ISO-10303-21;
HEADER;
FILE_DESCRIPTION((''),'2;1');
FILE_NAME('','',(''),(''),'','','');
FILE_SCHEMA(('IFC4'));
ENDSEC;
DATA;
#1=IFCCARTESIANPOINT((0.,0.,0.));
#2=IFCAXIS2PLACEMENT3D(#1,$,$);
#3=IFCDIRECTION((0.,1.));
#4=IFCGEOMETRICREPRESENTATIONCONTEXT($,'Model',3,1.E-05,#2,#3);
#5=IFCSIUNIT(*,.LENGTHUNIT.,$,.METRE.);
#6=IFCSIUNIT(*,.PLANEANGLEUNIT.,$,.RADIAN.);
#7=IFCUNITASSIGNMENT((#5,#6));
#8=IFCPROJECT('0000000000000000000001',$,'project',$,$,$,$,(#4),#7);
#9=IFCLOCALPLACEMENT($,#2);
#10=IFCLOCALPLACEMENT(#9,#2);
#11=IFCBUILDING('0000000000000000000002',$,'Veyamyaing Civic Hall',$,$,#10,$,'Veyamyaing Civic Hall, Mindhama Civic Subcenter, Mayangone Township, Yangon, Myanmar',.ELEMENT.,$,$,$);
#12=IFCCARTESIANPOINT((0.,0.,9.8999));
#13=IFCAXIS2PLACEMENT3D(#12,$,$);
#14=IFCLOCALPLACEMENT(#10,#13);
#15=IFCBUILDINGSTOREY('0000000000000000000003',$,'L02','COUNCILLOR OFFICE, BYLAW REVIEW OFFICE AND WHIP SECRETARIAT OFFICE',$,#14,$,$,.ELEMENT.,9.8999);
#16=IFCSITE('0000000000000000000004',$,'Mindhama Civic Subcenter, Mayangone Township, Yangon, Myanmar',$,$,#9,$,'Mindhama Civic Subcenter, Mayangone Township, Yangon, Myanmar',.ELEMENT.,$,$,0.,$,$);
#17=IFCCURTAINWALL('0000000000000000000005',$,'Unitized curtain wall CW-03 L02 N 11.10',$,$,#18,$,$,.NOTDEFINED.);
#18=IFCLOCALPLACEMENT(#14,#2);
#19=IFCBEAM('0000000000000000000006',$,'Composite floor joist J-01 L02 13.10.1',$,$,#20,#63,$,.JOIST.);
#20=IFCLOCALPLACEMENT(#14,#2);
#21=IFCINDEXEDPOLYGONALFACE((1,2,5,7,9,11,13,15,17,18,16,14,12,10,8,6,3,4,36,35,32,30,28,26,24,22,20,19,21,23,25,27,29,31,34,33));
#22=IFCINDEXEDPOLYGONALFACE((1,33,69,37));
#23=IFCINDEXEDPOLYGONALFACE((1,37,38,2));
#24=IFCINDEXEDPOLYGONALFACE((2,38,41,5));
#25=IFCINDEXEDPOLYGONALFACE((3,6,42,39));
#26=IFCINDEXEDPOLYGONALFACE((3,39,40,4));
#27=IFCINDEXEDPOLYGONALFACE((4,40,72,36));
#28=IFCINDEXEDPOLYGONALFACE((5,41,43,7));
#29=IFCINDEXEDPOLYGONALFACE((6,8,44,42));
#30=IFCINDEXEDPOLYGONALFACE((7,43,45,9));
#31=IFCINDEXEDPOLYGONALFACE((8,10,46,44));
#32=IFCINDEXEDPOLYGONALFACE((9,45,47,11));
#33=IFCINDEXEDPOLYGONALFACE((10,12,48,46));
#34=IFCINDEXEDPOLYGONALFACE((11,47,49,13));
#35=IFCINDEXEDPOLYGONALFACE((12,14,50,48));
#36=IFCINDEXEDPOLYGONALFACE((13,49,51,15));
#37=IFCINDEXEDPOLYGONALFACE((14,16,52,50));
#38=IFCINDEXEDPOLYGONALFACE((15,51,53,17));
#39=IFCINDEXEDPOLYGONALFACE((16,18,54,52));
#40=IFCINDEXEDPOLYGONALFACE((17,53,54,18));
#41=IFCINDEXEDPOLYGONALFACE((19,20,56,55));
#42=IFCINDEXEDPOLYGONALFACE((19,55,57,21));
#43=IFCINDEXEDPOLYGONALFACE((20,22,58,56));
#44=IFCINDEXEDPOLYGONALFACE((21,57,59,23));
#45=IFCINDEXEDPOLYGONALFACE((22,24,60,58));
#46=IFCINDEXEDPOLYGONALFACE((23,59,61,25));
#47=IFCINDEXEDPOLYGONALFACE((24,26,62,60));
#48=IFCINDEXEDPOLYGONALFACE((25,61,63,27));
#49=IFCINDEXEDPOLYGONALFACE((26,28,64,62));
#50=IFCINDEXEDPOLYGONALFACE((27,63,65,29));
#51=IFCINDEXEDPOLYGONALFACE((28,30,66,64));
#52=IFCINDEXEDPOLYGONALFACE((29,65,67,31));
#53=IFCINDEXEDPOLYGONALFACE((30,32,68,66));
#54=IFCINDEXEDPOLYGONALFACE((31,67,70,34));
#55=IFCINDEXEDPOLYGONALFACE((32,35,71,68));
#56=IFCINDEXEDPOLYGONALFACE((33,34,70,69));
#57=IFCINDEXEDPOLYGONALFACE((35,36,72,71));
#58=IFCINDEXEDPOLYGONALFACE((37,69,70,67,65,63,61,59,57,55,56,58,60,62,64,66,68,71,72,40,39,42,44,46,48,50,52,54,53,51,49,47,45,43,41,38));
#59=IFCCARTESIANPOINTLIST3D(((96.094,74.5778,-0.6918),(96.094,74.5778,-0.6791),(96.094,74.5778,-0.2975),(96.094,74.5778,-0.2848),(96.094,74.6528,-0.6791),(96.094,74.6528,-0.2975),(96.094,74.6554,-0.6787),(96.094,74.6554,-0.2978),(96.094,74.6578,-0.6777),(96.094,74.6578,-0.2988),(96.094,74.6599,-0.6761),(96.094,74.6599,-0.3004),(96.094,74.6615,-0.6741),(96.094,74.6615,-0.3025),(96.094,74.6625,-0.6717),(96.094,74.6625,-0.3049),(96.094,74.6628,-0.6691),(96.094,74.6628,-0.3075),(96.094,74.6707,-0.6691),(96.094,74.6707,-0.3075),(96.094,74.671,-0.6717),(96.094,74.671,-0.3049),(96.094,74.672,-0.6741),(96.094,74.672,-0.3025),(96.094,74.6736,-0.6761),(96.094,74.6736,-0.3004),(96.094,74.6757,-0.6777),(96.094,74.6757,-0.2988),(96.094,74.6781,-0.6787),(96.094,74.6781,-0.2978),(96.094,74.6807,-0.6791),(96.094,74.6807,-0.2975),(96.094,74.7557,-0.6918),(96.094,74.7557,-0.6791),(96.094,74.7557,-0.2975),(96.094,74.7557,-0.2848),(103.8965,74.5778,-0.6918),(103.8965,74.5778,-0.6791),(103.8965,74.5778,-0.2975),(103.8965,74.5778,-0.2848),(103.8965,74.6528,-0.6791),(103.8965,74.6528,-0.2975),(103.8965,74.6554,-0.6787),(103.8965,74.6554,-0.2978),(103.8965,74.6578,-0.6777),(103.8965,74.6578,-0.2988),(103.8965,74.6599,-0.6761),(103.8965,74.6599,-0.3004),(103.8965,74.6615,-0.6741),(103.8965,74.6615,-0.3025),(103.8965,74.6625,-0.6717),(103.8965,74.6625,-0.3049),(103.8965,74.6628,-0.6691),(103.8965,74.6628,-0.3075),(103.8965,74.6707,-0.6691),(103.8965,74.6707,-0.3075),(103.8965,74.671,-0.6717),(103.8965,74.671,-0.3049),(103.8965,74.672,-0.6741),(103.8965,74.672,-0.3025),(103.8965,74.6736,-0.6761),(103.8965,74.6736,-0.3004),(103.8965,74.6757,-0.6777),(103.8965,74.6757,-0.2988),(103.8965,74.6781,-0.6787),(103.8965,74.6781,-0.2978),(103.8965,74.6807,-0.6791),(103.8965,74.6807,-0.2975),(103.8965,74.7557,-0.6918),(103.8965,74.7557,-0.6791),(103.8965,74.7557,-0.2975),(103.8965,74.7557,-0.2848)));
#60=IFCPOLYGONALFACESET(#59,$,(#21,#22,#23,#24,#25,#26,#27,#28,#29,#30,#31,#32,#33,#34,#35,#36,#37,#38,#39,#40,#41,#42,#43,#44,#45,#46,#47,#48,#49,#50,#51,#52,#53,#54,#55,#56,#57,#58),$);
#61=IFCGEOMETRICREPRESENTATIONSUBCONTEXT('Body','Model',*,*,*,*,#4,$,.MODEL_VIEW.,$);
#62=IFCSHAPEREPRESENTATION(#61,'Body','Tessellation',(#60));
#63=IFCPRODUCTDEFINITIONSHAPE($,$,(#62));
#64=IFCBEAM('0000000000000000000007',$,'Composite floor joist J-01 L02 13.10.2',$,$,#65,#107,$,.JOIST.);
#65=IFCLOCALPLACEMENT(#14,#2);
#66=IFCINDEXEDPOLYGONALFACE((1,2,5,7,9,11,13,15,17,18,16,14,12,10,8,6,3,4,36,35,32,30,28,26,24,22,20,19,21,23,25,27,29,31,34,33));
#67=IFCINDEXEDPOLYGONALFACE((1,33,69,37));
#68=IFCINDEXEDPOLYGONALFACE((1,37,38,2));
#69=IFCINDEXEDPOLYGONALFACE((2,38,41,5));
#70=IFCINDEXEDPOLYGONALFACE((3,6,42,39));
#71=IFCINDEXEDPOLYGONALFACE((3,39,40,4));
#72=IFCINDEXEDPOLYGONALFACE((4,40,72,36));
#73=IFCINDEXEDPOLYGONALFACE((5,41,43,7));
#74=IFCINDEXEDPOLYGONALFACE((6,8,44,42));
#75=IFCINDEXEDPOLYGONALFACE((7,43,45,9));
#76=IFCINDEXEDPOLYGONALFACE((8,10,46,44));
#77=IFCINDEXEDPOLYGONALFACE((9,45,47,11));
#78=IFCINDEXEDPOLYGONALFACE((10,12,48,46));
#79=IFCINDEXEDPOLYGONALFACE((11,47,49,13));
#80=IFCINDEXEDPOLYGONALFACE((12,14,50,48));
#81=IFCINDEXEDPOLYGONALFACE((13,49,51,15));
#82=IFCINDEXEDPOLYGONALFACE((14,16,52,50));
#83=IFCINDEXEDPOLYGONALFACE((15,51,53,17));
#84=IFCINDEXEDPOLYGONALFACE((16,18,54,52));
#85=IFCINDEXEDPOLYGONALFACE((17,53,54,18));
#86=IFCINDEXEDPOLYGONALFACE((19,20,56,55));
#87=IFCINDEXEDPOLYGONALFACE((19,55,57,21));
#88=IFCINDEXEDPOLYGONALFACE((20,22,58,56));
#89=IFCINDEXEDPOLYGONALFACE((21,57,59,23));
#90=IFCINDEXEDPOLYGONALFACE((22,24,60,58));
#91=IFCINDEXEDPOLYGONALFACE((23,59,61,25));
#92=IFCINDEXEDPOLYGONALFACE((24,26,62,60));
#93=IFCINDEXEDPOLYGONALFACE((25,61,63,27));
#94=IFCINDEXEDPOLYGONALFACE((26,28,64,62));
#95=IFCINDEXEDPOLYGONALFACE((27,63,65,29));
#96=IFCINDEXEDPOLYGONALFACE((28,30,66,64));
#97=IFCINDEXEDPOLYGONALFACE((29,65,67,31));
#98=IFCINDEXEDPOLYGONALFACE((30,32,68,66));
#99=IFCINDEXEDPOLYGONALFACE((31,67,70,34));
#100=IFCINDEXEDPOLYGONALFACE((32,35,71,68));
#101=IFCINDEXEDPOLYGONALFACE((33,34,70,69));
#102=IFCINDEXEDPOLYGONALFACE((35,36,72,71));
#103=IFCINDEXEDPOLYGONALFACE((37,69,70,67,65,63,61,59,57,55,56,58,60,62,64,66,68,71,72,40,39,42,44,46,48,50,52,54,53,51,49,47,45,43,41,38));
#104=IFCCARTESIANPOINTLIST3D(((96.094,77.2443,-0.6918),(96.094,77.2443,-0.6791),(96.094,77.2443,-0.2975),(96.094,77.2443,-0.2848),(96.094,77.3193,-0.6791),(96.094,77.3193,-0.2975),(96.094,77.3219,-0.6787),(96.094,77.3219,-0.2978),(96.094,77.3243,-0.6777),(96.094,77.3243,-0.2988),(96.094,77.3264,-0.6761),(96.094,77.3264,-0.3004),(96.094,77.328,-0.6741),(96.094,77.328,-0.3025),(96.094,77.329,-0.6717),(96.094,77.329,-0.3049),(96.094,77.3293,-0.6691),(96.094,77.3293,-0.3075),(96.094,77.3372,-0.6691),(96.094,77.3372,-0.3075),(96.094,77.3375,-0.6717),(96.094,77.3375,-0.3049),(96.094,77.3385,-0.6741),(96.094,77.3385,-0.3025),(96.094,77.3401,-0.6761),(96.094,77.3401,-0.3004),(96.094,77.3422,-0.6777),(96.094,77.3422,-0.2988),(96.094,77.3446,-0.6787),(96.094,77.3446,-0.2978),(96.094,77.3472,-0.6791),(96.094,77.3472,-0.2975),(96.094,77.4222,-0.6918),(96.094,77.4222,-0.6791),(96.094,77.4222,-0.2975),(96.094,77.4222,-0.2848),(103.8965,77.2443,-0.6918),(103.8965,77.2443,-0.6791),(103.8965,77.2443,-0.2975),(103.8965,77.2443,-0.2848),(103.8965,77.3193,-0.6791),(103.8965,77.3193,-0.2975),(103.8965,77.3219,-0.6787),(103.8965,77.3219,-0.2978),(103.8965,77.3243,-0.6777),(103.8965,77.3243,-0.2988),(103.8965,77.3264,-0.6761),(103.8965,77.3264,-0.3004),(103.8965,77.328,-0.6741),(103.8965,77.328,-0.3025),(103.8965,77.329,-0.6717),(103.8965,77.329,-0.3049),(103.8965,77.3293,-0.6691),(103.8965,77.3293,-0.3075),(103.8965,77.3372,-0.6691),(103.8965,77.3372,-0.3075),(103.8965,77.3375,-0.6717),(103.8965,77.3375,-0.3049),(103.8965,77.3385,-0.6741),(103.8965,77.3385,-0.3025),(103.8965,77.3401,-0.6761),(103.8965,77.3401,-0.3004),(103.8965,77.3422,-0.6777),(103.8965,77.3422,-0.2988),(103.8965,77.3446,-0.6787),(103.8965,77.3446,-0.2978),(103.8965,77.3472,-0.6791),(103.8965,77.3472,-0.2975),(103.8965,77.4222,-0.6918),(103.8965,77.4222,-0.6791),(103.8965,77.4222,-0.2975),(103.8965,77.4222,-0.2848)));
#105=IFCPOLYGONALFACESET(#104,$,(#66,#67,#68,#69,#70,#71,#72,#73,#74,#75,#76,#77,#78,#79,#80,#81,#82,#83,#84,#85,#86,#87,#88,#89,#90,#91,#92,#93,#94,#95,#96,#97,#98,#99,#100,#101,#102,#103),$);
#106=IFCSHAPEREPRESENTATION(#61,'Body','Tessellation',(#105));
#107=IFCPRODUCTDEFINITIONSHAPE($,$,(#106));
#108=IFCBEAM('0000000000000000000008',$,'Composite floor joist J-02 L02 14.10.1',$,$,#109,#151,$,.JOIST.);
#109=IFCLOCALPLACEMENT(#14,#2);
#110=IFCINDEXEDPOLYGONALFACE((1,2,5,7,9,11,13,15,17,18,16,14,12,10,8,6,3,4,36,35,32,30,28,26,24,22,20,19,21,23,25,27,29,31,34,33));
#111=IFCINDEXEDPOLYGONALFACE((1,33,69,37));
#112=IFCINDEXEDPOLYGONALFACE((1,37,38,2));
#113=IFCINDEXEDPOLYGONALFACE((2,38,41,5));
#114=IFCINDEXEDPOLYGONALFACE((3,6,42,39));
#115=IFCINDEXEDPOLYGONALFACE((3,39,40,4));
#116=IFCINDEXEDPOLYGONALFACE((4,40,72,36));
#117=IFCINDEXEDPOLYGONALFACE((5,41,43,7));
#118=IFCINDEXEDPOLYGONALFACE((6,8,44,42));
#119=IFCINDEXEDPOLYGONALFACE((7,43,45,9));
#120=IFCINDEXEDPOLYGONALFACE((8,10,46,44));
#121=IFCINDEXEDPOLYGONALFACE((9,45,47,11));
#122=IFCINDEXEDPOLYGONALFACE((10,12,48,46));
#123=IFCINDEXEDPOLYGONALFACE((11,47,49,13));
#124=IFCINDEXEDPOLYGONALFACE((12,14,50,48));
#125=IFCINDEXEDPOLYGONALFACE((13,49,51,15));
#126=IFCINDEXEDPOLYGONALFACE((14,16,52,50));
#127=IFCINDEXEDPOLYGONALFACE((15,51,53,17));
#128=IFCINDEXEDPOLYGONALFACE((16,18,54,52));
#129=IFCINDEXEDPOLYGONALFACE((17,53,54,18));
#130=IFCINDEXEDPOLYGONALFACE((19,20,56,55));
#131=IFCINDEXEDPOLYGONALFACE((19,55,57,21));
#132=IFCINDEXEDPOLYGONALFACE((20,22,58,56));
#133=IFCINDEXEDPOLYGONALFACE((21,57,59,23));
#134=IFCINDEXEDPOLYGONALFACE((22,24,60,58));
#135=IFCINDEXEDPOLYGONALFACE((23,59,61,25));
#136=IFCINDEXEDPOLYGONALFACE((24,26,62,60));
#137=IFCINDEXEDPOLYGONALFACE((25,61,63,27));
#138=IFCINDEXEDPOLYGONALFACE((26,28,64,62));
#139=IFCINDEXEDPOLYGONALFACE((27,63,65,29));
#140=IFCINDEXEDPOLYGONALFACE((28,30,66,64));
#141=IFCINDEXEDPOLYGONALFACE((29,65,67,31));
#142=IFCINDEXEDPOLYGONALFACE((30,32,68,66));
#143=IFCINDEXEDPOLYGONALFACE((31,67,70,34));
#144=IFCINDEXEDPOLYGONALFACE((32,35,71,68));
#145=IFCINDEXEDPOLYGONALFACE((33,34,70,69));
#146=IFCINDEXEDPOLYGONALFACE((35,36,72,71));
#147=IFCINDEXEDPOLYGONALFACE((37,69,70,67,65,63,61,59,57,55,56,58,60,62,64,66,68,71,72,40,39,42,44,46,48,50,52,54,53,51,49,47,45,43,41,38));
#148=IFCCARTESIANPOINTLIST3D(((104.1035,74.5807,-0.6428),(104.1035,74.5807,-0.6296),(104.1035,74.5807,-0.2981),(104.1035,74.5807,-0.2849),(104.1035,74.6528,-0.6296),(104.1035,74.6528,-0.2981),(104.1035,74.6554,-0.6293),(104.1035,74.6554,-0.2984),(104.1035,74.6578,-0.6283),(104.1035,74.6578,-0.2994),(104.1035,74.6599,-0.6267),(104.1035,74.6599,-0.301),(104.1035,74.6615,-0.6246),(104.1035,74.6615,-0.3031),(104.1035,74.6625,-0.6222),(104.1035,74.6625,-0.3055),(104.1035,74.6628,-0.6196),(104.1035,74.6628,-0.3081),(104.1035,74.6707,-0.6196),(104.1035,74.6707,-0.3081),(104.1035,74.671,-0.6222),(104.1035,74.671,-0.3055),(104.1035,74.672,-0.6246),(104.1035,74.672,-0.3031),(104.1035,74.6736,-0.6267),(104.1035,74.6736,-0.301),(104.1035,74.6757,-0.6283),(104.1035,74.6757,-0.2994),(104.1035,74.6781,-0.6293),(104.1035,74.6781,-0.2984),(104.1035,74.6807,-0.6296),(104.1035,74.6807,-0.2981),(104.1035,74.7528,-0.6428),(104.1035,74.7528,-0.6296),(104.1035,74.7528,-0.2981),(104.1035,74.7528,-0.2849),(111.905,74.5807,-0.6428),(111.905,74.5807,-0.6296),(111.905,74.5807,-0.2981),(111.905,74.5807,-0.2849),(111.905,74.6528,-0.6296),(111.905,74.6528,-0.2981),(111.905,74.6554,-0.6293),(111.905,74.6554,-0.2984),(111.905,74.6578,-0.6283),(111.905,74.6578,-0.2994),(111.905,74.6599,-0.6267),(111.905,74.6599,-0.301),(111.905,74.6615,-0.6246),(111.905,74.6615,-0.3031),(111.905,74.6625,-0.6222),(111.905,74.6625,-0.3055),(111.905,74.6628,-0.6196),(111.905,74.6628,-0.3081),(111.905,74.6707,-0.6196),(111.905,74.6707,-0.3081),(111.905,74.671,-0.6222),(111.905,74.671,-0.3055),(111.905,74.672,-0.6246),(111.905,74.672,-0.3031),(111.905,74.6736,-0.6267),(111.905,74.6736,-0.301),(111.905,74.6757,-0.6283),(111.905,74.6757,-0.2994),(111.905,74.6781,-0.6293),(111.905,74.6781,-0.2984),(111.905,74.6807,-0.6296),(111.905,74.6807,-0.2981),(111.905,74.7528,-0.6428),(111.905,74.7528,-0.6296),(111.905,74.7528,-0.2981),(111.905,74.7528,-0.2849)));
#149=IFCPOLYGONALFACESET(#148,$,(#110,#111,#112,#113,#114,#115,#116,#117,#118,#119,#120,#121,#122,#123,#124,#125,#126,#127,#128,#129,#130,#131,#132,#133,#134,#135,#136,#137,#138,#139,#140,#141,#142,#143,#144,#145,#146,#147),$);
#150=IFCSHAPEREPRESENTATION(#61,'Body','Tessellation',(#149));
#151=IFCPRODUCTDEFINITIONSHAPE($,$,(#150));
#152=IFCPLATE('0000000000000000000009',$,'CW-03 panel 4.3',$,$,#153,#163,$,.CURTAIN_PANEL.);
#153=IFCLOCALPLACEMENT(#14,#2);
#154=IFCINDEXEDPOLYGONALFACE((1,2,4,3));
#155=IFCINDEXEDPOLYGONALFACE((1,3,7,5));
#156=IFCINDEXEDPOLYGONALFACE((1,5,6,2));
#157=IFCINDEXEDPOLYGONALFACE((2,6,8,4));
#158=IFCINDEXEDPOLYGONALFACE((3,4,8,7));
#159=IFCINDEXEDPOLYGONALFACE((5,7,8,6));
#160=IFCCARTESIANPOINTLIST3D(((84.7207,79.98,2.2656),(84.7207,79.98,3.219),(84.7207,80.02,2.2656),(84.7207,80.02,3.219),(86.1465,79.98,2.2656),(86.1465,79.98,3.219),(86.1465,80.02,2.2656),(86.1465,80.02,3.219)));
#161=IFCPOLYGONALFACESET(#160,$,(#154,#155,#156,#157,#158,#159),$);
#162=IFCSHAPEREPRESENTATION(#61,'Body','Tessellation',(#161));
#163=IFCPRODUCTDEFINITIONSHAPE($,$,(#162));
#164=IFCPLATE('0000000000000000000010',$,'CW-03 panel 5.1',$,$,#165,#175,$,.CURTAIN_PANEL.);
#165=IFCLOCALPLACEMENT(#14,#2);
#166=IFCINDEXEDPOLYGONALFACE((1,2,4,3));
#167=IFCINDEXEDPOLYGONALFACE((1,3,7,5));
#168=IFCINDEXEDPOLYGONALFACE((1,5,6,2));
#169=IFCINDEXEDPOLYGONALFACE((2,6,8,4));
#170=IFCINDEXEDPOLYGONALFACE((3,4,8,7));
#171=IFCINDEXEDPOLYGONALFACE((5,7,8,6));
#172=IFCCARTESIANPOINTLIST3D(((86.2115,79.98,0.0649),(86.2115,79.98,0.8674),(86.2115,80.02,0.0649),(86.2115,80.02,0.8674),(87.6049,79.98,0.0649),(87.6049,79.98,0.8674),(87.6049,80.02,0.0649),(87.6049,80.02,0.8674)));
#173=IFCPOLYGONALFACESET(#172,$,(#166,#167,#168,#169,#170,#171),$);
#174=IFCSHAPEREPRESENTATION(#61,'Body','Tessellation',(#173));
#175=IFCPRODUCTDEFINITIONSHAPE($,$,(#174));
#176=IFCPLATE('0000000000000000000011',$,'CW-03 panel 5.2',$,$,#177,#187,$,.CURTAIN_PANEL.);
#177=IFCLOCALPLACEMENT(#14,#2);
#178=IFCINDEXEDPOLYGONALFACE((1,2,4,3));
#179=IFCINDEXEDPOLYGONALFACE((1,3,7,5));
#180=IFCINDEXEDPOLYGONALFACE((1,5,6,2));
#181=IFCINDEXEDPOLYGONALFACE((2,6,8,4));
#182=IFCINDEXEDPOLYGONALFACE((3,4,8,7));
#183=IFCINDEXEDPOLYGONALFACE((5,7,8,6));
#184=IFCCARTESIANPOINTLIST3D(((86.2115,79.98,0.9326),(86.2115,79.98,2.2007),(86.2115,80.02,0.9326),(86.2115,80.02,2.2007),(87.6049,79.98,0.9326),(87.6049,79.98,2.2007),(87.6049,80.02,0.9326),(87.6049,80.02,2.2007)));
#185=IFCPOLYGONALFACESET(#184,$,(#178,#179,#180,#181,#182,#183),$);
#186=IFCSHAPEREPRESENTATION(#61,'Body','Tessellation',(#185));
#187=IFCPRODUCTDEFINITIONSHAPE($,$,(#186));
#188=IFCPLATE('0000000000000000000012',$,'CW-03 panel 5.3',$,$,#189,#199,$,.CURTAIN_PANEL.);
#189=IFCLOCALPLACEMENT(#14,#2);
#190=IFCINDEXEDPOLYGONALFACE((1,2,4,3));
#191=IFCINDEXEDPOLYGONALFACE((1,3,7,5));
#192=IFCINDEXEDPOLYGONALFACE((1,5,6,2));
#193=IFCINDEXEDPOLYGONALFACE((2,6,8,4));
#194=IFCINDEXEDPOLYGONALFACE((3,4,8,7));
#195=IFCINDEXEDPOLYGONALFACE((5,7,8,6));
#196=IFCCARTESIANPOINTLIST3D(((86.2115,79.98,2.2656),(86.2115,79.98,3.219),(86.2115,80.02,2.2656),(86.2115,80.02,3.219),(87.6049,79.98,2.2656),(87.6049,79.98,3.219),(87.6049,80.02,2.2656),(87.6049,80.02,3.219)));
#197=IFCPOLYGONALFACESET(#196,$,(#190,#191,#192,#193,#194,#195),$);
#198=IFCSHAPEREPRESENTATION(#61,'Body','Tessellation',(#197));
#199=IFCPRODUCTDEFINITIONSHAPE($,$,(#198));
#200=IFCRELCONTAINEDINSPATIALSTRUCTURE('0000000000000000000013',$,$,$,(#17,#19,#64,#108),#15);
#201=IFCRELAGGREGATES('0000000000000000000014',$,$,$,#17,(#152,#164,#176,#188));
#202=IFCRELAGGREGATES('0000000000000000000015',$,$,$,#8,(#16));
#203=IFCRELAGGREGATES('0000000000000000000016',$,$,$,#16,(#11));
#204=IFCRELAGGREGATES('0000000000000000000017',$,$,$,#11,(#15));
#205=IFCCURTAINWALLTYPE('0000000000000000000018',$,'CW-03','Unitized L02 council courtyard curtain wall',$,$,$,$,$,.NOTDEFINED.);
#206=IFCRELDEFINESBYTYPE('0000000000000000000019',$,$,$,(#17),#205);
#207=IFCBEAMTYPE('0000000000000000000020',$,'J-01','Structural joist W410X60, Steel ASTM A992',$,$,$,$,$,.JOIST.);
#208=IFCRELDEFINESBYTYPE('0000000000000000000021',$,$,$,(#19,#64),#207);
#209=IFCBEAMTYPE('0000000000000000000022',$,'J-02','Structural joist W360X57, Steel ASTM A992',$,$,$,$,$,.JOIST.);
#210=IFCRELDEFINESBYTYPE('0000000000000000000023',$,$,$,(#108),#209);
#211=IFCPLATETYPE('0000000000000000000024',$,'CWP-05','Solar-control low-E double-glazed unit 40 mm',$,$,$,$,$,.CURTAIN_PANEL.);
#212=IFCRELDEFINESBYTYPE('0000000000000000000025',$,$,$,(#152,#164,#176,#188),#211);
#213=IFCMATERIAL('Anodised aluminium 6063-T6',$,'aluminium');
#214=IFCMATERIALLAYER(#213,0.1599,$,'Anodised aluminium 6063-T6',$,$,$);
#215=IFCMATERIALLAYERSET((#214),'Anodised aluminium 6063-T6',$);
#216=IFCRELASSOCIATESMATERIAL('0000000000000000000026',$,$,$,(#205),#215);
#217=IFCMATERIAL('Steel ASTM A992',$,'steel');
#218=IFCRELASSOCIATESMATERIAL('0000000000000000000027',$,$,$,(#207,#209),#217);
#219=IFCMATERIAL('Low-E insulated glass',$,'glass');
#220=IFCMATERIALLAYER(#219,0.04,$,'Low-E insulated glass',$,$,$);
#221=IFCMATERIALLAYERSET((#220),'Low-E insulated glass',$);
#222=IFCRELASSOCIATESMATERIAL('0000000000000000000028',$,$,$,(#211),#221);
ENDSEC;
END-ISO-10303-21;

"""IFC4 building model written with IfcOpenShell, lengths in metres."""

from ifc_helpers import new_model, si_unit, direction, frame, origin, origin_2d, place, context, subcontext, project, spatial, rectangle, i_section, extrude, material, layer, layer_set, material_profile, profile_set, type_object, element, aggregate, save


model = new_model("IFC4")

# Units and contexts
model_context = context("Model", 3, precision=1e-05, world=origin(), true_north=direction((0.0, 1.0)))
body_context = subcontext(model_context, "Body", "Model", "MODEL_VIEW")
ifc_project = project(units=[si_unit("LENGTHUNIT", "METRE"), si_unit("PLANEANGLEUNIT", "RADIAN")], contexts=[model_context])

# Site, building, storey
site_placement = place(None, origin())
site = spatial("IfcSite", under=ifc_project, at=site_placement, Name="Mindhama Civic Subcenter, Mayangone Township, Yangon, Myanmar", LongName="Mindhama Civic Subcenter, Mayangone Township, Yangon, Myanmar", CompositionType="ELEMENT", RefElevation=0.0)
building_placement = place(site_placement, origin())
building = spatial("IfcBuilding", under=site, at=building_placement, Name="Veyamyaing Civic Hall", LongName="Veyamyaing Civic Hall, Mindhama Civic Subcenter, Mayangone Township, Yangon, Myanmar", CompositionType="ELEMENT")
storey_placement = place(building_placement, frame((0.0, 0.0, 9.8999)))
storey = spatial("IfcBuildingStorey", under=building, at=storey_placement, Name="L02", Description="COUNCILLOR OFFICE, BYLAW REVIEW OFFICE AND WHIP SECRETARIAT OFFICE", CompositionType="ELEMENT", Elevation=9.8999)

# Shared definitions
ifc_material_1 = material(Name="Steel ASTM A992", Category="steel")

# Curtain wall
ifc_material_2 = material(Name="Anodised aluminium 6063-T6", Category="aluminium")
ifc_layer_1 = layer(ifc_material_2, 0.1599, Name="Anodised aluminium 6063-T6")
ifc_layer_set_1 = layer_set([ifc_layer_1], Name="Anodised aluminium 6063-T6")
curtain_wall_type = type_object("IfcCurtainWallType", Name="CW-03", Description="Unitized L02 council courtyard curtain wall", PredefinedType="NOTDEFINED", material=ifc_layer_set_1)
curtain_wall_placement = place(storey_placement, origin())
curtain_wall = element("IfcCurtainWall", 1, at=curtain_wall_placement, inside=storey, type_object=curtain_wall_type, Name="Unitized curtain wall CW-03 L02 N 11.10", PredefinedType="NOTDEFINED")

# Beams
ifc_material_profile_1 = material_profile(ifc_material_1, i_section(OverallWidth=0.178, OverallDepth=0.407, WebThickness=0.0078, FlangeThickness=0.0127, FilletRadius=0.01, at=origin_2d()), Name="W410X60")
ifc_profile_set_1 = profile_set([ifc_material_profile_1], Name="Steel ASTM A992")
beam_type_1 = type_object("IfcBeamType", Name="J-01", Description="Structural joist W410X60, Steel ASTM A992", PredefinedType="JOIST", material=ifc_profile_set_1)
for number, where, z_axis, x_axis, name in (
    (2, (96.094, 74.6667, -0.4883), (1.0, 0.0, 0.0), (0.0, 1.0, 0.0), "Composite floor joist J-01 L02 13.10.1"),
    (3, (96.094, 77.3333, -0.4883), (1.0, 0.0, 0.0), (0.0, 1.0, 0.0), "Composite floor joist J-01 L02 13.10.2"),
):
    element("IfcBeam", number, at=place(storey_placement, frame(where, z_axis=z_axis, x_axis=x_axis)), inside=storey, type_object=beam_type_1, Name=name, PredefinedType="JOIST", context=body_context, shape_type="SweptSolid", body=[
        extrude(i_section(OverallWidth=0.178, OverallDepth=0.407, WebThickness=0.0078, FlangeThickness=0.0127, FilletRadius=0.01, at=origin_2d()), origin(), (0.0, 0.0, 1.0), 7.8025),
    ])
ifc_material_profile_2 = material_profile(ifc_material_1, i_section(OverallWidth=0.1721, OverallDepth=0.3579, WebThickness=0.0078, FlangeThickness=0.0132, FilletRadius=0.01, at=origin_2d()), Name="W360X57")
ifc_profile_set_2 = profile_set([ifc_material_profile_2], Name="Steel ASTM A992")
beam_type_2 = type_object("IfcBeamType", Name="J-02", Description="Structural joist W360X57, Steel ASTM A992", PredefinedType="JOIST", material=ifc_profile_set_2)
beam_1_placement = place(storey_placement, frame((104.1035, 74.6667, -0.4639), z_axis=(1.0, 0.0, 0.0), x_axis=(0.0, 1.0, 0.0)))
element("IfcBeam", 4, at=beam_1_placement, inside=storey, type_object=beam_type_2, Name="Composite floor joist J-02 L02 14.10.1", PredefinedType="JOIST", context=body_context, shape_type="SweptSolid", body=[
    extrude(i_section(OverallWidth=0.1721, OverallDepth=0.3579, WebThickness=0.0078, FlangeThickness=0.0132, FilletRadius=0.01, at=origin_2d()), origin(), (0.0, 0.0, 1.0), 7.8015),
])

# Plates
ifc_material_3 = material(Name="Low-E insulated glass", Category="glass")
ifc_layer_2 = layer(ifc_material_3, 0.04, Name="Low-E insulated glass")
ifc_layer_set_2 = layer_set([ifc_layer_2], Name="Low-E insulated glass")
plate_type = type_object("IfcPlateType", Name="CWP-05", Description="Solar-control low-E double-glazed unit 40 mm", PredefinedType="CURTAIN_PANEL", material=ifc_layer_set_2)
plate_1_placement = place(storey_placement, frame((85.4336, 80.0, 2.2656), z_axis=(0.0, 0.0, 1.0), x_axis=(1.0, 0.0, 0.0)))
plate_1 = element("IfcPlate", 5, at=plate_1_placement, type_object=plate_type, Name="CW-03 panel 4.3", PredefinedType="CURTAIN_PANEL", context=body_context, shape_type="SweptSolid", body=[
    extrude(rectangle(XDim=1.4258, YDim=0.04, at=origin_2d()), origin(), (0.0, 0.0, 1.0), 0.9534),
])
plate_2_placement = place(storey_placement, frame((86.9082, 80.0, 0.0649), z_axis=(0.0, 0.0, 1.0), x_axis=(1.0, 0.0, 0.0)))
plate_2 = element("IfcPlate", 6, at=plate_2_placement, type_object=plate_type, Name="CW-03 panel 5.1", PredefinedType="CURTAIN_PANEL", context=body_context, shape_type="SweptSolid", body=[
    extrude(rectangle(XDim=1.3933, YDim=0.04, at=origin_2d()), origin(), (0.0, 0.0, 1.0), 0.8025),
])
plate_3_placement = place(storey_placement, frame((86.9082, 80.0, 0.9326), z_axis=(0.0, 0.0, 1.0), x_axis=(1.0, 0.0, 0.0)))
plate_3 = element("IfcPlate", 7, at=plate_3_placement, type_object=plate_type, Name="CW-03 panel 5.2", PredefinedType="CURTAIN_PANEL", context=body_context, shape_type="SweptSolid", body=[
    extrude(rectangle(XDim=1.3933, YDim=0.04, at=origin_2d()), origin(), (0.0, 0.0, 1.0), 1.2681),
])
plate_4_placement = place(storey_placement, frame((86.9082, 80.0, 2.2656), z_axis=(0.0, 0.0, 1.0), x_axis=(1.0, 0.0, 0.0)))
plate_4 = element("IfcPlate", 8, at=plate_4_placement, type_object=plate_type, Name="CW-03 panel 5.3", PredefinedType="CURTAIN_PANEL", context=body_context, shape_type="SweptSolid", body=[
    extrude(rectangle(XDim=1.3933, YDim=0.04, at=origin_2d()), origin(), (0.0, 0.0, 1.0), 0.9534),
])
aggregate(curtain_wall, [plate_1, plate_2, plate_3, plate_4])

save(model, "model.ifc")
